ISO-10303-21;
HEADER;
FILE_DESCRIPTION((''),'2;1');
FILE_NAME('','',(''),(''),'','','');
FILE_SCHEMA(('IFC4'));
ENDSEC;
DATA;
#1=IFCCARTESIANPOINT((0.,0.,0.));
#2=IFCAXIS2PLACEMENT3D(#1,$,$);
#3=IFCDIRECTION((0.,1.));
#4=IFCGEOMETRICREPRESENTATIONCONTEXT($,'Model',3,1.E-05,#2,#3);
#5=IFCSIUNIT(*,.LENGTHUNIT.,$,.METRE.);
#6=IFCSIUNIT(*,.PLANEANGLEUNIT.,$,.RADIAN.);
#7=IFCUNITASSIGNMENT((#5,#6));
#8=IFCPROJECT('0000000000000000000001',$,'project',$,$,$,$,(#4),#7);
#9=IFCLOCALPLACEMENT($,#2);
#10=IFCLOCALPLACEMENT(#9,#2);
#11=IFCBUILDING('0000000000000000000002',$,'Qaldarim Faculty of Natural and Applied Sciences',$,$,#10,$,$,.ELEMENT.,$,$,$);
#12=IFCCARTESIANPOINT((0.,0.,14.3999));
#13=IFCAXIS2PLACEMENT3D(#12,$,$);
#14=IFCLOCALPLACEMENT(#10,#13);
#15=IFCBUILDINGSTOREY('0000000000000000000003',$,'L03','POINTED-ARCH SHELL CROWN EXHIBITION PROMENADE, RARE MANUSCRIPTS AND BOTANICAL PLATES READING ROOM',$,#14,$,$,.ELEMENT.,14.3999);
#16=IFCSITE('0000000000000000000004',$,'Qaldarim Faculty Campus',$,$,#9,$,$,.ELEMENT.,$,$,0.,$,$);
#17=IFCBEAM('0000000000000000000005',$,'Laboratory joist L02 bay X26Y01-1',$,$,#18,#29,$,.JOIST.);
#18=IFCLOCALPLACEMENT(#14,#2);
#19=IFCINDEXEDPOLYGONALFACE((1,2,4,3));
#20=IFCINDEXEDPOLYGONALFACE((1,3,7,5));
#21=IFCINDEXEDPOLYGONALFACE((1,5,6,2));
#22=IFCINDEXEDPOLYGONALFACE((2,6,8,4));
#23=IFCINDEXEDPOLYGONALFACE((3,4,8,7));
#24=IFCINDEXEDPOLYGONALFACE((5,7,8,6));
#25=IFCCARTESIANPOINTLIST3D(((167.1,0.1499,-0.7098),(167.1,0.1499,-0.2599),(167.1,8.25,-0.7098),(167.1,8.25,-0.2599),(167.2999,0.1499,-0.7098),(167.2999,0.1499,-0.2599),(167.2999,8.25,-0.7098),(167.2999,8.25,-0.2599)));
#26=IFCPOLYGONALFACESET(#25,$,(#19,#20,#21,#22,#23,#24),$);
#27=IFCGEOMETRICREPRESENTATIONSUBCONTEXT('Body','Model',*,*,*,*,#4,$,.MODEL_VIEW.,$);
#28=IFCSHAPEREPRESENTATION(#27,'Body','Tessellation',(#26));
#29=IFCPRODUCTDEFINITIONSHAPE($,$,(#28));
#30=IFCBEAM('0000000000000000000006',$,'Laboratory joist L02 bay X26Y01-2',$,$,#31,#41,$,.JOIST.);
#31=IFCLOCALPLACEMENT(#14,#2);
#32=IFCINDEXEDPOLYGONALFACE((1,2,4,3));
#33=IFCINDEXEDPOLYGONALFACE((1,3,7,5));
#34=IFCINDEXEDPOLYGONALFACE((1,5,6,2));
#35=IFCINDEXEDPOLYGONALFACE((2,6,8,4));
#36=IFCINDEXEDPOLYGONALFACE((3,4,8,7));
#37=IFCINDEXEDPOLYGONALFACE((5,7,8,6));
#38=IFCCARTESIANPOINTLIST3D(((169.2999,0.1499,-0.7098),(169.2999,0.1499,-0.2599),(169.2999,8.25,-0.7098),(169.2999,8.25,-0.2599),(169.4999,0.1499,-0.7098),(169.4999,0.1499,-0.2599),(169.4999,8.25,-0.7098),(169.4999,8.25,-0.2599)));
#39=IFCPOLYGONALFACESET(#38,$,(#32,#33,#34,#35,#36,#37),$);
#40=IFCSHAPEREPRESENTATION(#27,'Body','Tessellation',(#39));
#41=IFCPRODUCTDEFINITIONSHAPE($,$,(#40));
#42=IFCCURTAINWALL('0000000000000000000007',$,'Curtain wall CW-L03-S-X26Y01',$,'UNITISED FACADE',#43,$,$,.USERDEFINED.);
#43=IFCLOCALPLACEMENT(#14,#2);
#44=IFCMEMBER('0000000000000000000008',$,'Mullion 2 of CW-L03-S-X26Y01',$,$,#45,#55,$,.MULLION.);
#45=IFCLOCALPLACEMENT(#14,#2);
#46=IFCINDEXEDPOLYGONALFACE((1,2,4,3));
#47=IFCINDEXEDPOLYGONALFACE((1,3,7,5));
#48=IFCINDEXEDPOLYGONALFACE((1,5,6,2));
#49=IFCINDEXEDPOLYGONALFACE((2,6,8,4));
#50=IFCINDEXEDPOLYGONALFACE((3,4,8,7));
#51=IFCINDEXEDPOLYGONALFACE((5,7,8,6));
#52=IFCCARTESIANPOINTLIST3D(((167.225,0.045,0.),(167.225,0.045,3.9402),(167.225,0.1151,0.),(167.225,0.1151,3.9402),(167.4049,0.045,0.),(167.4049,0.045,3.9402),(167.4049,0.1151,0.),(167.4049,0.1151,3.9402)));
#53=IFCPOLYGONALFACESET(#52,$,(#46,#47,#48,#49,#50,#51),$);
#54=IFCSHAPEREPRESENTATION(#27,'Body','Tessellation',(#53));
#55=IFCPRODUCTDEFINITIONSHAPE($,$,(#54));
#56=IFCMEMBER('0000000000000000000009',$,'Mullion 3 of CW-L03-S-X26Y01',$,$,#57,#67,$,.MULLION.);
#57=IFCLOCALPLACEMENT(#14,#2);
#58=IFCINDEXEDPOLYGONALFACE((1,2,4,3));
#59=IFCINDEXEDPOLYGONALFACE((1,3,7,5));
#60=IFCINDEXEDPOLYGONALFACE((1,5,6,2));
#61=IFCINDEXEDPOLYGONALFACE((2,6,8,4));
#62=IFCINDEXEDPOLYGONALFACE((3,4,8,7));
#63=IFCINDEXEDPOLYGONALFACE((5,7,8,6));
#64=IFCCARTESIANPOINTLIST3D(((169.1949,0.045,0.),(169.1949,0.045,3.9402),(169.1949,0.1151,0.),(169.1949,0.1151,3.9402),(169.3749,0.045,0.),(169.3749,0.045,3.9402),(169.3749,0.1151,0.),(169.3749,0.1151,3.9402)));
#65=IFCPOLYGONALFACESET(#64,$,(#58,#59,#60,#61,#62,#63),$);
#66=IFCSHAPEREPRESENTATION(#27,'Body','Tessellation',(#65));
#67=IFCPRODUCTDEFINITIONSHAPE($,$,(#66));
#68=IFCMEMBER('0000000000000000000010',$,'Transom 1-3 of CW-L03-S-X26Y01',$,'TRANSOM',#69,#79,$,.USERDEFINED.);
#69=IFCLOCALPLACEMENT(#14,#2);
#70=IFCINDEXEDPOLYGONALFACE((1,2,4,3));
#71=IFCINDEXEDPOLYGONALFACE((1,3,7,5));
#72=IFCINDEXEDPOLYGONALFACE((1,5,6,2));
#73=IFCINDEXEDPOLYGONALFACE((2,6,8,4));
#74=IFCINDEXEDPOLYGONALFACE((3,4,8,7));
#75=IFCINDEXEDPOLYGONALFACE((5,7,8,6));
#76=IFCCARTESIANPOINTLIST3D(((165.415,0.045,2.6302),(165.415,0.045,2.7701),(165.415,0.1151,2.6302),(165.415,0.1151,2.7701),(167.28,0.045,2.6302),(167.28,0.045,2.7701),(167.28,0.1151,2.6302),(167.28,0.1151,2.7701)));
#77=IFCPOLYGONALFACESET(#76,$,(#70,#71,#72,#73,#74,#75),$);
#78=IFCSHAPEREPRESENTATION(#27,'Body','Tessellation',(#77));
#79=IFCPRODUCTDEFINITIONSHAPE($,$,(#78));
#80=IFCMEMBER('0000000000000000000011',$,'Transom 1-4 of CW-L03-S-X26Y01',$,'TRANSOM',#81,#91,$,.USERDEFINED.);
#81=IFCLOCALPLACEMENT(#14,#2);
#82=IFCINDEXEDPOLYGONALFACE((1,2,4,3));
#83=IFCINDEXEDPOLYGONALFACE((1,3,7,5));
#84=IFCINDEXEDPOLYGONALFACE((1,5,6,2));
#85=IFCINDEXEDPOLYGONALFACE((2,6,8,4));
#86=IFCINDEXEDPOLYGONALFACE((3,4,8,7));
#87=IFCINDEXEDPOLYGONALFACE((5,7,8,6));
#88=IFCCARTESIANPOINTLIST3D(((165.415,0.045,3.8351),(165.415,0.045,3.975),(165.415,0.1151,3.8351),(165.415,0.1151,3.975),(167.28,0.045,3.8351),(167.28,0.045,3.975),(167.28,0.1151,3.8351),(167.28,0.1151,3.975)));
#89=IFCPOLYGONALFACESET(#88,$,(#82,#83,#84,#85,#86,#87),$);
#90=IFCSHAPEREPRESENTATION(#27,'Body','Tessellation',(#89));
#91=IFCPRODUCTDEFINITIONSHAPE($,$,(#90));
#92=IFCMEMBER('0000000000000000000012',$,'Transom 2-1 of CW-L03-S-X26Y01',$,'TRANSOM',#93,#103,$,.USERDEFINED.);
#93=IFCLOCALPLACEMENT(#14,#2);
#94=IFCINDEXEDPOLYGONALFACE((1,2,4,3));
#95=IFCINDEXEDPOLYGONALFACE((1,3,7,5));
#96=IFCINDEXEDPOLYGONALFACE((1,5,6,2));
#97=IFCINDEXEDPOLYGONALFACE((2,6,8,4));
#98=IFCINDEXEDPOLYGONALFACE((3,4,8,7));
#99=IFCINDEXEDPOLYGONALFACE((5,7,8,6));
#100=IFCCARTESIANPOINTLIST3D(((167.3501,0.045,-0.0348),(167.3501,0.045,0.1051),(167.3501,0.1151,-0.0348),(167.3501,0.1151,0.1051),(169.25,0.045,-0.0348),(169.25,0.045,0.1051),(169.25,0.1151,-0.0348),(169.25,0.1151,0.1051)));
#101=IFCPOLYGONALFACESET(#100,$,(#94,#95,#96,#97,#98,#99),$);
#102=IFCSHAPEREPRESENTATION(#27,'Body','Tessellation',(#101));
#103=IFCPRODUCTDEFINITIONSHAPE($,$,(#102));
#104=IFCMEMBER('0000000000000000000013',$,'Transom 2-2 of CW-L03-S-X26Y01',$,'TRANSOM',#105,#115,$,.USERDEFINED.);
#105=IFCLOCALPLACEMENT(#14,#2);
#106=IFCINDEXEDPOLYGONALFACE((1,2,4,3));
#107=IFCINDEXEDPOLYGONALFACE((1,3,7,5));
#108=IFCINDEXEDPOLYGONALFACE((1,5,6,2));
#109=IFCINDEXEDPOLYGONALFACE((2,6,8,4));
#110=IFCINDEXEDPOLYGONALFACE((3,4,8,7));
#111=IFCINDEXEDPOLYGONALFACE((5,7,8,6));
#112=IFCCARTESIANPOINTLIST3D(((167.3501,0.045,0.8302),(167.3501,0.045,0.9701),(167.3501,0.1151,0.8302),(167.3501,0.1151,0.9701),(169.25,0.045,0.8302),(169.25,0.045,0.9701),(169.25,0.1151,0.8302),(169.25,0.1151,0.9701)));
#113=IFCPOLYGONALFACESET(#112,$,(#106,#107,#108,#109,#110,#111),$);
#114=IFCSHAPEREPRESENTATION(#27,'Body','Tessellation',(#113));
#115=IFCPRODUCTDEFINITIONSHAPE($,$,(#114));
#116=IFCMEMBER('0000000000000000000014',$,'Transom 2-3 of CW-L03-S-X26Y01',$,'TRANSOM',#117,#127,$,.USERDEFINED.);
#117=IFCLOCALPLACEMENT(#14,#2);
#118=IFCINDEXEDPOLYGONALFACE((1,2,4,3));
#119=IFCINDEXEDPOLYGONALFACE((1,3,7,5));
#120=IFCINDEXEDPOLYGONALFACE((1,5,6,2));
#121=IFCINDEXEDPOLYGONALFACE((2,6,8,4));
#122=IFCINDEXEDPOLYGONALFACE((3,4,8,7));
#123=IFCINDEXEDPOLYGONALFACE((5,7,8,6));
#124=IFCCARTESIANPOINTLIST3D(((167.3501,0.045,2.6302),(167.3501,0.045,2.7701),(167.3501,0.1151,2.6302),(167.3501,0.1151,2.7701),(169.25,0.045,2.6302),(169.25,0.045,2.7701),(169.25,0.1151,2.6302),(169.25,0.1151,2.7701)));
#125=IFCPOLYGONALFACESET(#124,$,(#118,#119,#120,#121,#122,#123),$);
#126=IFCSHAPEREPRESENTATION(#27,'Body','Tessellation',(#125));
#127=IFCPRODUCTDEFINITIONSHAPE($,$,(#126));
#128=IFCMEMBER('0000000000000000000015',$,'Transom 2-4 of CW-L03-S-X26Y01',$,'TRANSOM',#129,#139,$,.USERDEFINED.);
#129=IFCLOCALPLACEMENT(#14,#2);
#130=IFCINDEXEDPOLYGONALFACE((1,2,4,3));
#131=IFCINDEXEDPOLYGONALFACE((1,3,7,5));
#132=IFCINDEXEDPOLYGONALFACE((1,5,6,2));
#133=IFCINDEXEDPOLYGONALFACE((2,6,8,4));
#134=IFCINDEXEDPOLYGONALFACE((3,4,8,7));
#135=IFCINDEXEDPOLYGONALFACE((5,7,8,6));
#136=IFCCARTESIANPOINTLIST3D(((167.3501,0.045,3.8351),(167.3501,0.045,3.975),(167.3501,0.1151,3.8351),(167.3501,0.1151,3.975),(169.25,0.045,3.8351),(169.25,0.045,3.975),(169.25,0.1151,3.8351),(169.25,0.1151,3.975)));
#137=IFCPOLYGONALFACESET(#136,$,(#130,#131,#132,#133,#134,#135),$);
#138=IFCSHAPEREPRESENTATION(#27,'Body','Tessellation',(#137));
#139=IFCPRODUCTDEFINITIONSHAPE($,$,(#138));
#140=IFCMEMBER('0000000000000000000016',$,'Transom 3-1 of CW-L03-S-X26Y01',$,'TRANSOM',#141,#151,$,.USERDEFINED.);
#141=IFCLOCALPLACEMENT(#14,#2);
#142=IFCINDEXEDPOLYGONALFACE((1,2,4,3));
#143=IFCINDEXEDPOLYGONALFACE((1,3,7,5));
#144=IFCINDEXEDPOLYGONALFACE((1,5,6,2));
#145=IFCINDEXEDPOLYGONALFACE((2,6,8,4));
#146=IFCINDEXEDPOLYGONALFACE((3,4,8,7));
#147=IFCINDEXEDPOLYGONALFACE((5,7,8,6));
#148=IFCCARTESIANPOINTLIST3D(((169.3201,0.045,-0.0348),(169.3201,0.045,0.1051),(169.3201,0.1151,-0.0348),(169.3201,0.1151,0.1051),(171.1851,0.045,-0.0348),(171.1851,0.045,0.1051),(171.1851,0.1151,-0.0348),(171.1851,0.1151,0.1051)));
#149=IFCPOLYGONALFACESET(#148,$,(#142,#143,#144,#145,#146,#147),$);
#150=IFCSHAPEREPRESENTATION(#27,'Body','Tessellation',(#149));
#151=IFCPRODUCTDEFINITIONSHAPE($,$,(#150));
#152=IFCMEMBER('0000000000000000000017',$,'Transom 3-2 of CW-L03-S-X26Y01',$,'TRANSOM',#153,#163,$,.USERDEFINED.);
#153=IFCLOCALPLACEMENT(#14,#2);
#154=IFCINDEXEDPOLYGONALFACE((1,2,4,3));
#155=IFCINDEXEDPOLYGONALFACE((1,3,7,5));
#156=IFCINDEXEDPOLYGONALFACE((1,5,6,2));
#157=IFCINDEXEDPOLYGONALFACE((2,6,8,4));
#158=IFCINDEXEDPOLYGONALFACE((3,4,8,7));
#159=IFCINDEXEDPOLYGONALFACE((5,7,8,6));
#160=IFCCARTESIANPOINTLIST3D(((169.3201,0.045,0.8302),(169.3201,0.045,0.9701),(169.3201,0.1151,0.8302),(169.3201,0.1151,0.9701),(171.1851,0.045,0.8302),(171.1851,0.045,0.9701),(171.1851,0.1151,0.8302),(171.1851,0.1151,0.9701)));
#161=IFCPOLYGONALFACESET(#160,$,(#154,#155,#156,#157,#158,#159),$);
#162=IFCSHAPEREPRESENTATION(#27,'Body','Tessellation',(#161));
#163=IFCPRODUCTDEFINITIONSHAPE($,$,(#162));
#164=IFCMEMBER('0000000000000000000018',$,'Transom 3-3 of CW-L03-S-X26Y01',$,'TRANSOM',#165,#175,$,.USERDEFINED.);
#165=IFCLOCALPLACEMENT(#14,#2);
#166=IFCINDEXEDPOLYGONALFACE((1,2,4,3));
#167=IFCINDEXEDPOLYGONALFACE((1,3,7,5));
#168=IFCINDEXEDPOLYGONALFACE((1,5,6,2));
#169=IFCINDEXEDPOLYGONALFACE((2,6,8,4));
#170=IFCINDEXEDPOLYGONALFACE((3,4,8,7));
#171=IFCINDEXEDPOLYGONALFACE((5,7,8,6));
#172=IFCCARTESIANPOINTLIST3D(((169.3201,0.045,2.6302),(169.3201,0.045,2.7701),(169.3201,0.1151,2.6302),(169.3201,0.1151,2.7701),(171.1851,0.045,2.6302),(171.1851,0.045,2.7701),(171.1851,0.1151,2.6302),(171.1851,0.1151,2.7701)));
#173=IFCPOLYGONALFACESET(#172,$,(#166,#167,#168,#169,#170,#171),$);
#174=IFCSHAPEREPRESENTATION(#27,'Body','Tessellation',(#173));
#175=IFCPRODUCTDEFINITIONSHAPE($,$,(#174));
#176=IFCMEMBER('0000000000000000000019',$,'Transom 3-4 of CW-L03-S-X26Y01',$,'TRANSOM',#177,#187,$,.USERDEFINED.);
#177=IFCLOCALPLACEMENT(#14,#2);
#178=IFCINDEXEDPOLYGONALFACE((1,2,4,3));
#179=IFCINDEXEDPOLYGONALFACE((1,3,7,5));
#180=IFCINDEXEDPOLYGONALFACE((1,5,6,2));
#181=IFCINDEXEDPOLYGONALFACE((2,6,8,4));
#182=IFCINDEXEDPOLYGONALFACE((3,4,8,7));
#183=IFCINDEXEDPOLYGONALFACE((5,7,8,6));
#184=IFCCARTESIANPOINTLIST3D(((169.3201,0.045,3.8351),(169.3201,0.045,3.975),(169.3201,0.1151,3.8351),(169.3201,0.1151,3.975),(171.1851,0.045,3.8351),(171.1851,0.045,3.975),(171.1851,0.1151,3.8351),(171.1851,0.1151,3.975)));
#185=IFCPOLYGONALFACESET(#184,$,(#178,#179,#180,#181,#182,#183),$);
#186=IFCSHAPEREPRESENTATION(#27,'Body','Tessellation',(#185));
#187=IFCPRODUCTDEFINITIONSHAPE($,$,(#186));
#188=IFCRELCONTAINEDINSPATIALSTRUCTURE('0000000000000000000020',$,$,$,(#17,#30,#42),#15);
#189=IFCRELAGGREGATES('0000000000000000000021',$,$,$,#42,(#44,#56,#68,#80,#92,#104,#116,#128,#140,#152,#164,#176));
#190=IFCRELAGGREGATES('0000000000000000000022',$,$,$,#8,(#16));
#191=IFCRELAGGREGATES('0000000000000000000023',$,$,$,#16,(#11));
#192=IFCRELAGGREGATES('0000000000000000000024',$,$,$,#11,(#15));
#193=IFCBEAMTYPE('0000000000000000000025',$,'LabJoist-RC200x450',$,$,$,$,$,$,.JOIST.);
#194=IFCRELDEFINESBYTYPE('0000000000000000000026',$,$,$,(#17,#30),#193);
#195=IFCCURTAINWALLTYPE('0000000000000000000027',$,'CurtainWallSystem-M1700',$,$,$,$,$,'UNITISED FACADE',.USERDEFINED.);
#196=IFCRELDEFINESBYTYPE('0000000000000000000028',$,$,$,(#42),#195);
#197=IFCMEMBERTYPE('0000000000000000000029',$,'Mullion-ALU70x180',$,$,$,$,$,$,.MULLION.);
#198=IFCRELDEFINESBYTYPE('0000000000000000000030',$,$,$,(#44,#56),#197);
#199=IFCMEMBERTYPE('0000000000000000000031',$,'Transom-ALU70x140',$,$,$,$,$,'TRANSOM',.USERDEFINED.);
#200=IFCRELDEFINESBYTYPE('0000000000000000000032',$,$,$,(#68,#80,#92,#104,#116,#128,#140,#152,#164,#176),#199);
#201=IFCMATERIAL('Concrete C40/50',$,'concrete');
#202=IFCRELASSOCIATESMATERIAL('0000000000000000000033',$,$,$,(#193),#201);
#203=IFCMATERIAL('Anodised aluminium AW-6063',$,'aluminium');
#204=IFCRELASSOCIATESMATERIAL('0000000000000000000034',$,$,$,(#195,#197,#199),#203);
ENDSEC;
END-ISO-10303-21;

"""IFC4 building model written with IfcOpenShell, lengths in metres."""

from ifc_helpers import new_model, si_unit, direction, frame, origin, origin_2d, place, context, subcontext, project, spatial, rectangle, extrude, material, material_profile, profile_set, type_object, element, aggregate, save


model = new_model("IFC4")

# Units and contexts
model_context = context("Model", 3, precision=1e-05, world=origin(), true_north=direction((0.0, 1.0)))
body_context = subcontext(model_context, "Body", "Model", "MODEL_VIEW")
ifc_project = project(units=[si_unit("LENGTHUNIT", "METRE"), si_unit("PLANEANGLEUNIT", "RADIAN")], contexts=[model_context])

# Site, building, storey
site_placement = place(None, origin())
site = spatial("IfcSite", under=ifc_project, at=site_placement, Name="Qaldarim Faculty Campus", CompositionType="ELEMENT", RefElevation=0.0)
building_placement = place(site_placement, origin())
building = spatial("IfcBuilding", under=site, at=building_placement, Name="Qaldarim Faculty of Natural and Applied Sciences", CompositionType="ELEMENT")
storey_placement = place(building_placement, frame((0.0, 0.0, 14.3999)))
storey = spatial("IfcBuildingStorey", under=building, at=storey_placement, Name="L03", Description="POINTED-ARCH SHELL CROWN EXHIBITION PROMENADE, RARE MANUSCRIPTS AND BOTANICAL PLATES READING ROOM", CompositionType="ELEMENT", Elevation=14.3999)

# Beams
ifc_material_1 = material(Name="Concrete C40/50", Category="concrete")
ifc_material_profile_1 = material_profile(ifc_material_1, rectangle(XDim=0.2, YDim=0.45, at=origin_2d()), Name="RC-J200x450")
ifc_profile_set_1 = profile_set([ifc_material_profile_1], Name="Concrete C40/50")
beam_type = type_object("IfcBeamType", Name="LabJoist-RC200x450", PredefinedType="JOIST", material=ifc_profile_set_1)
for number, where, z_axis, x_axis, name in (
    (1, (167.2, 0.1499, -0.4849), (0.0, 1.0, 0.0), (-1.0, 0.0, 0.0), "Laboratory joist L02 bay X26Y01-1"),
    (2, (169.3999, 0.1499, -0.4849), (0.0, 1.0, 0.0), (-1.0, 0.0, 0.0), "Laboratory joist L02 bay X26Y01-2"),
):
    element("IfcBeam", number, at=place(storey_placement, frame(where, z_axis=z_axis, x_axis=x_axis)), inside=storey, type_object=beam_type, Name=name, PredefinedType="JOIST", context=body_context, shape_type="SweptSolid", body=[
        extrude(rectangle(XDim=0.2, YDim=0.45, at=origin_2d()), origin(), (0.0, 0.0, 1.0), 8.1001),
    ])

# Curtain wall, members
ifc_material_2 = material(Name="Anodised aluminium AW-6063", Category="aluminium")
curtain_wall_type = type_object("IfcCurtainWallType", Name="CurtainWallSystem-M1700", ElementType="UNITISED FACADE", PredefinedType="USERDEFINED", material=ifc_material_2)
curtain_wall_placement = place(storey_placement, origin())
curtain_wall = element("IfcCurtainWall", 3, at=curtain_wall_placement, inside=storey, type_object=curtain_wall_type, Name="Curtain wall CW-L03-S-X26Y01", ObjectType="UNITISED FACADE", PredefinedType="USERDEFINED")
ifc_material_profile_2 = material_profile(ifc_material_2, rectangle(XDim=0.0701, YDim=0.1799, at=origin_2d()), Name="ALU-M70x180")
ifc_profile_set_2 = profile_set([ifc_material_profile_2], Name="Anodised aluminium AW-6063")
member_type_1 = type_object("IfcMemberType", Name="Mullion-ALU70x180", PredefinedType="MULLION", material=ifc_profile_set_2)
member_1_placement = place(storey_placement, frame((167.3149, 0.0801, 0.0), z_axis=(0.0, 0.0, 1.0), x_axis=(0.0, 1.0, 0.0)))
member_1 = element("IfcMember", 4, at=member_1_placement, type_object=member_type_1, Name="Mullion 2 of CW-L03-S-X26Y01", PredefinedType="MULLION", context=body_context, shape_type="SweptSolid", body=[
    extrude(rectangle(XDim=0.0701, YDim=0.1799, at=origin_2d()), origin(), (0.0, 0.0, 1.0), 3.9402),
])
member_2_placement = place(storey_placement, frame((169.2849, 0.0801, 0.0), z_axis=(0.0, 0.0, 1.0), x_axis=(0.0, 1.0, 0.0)))
member_2 = element("IfcMember", 5, at=member_2_placement, type_object=member_type_1, Name="Mullion 3 of CW-L03-S-X26Y01", PredefinedType="MULLION", context=body_context, shape_type="SweptSolid", body=[
    extrude(rectangle(XDim=0.0701, YDim=0.1799, at=origin_2d()), origin(), (0.0, 0.0, 1.0), 3.9402),
])
ifc_material_profile_3 = material_profile(ifc_material_2, rectangle(XDim=0.0701, YDim=0.1399, at=origin_2d()), Name="ALU-T70x140")
ifc_profile_set_3 = profile_set([ifc_material_profile_3], Name="Anodised aluminium AW-6063")
member_type_2 = type_object("IfcMemberType", Name="Transom-ALU70x140", ElementType="TRANSOM", PredefinedType="USERDEFINED", material=ifc_profile_set_3)
member_3_placement = place(storey_placement, frame((165.415, 0.0801, 2.7002), z_axis=(1.0, 0.0, 0.0), x_axis=(0.0, 1.0, 0.0)))
member_3 = element("IfcMember", 6, at=member_3_placement, type_object=member_type_2, Name="Transom 1-3 of CW-L03-S-X26Y01", ObjectType="TRANSOM", PredefinedType="USERDEFINED", context=body_context, shape_type="SweptSolid", body=[
    extrude(rectangle(XDim=0.0701, YDim=0.1399, at=origin_2d()), origin(), (0.0, 0.0, 1.0), 1.865),
])
member_4_placement = place(storey_placement, frame((165.415, 0.0801, 3.905), z_axis=(1.0, 0.0, 0.0), x_axis=(0.0, 1.0, 0.0)))
member_4 = element("IfcMember", 7, at=member_4_placement, type_object=member_type_2, Name="Transom 1-4 of CW-L03-S-X26Y01", ObjectType="TRANSOM", PredefinedType="USERDEFINED", context=body_context, shape_type="SweptSolid", body=[
    extrude(rectangle(XDim=0.0701, YDim=0.1399, at=origin_2d()), origin(), (0.0, 0.0, 1.0), 1.865),
])
member_5_placement = place(storey_placement, frame((167.3501, 0.0801, 0.0352), z_axis=(1.0, 0.0, 0.0), x_axis=(0.0, 1.0, 0.0)))
member_5 = element("IfcMember", 8, at=member_5_placement, type_object=member_type_2, Name="Transom 2-1 of CW-L03-S-X26Y01", ObjectType="TRANSOM", PredefinedType="USERDEFINED", context=body_context, shape_type="SweptSolid", body=[
    extrude(rectangle(XDim=0.0701, YDim=0.1399, at=origin_2d()), origin(), (0.0, 0.0, 1.0), 1.8999),
])
member_6_placement = place(storey_placement, frame((167.3501, 0.0801, 0.9001), z_axis=(1.0, 0.0, 0.0), x_axis=(0.0, 1.0, 0.0)))
member_6 = element("IfcMember", 9, at=member_6_placement, type_object=member_type_2, Name="Transom 2-2 of CW-L03-S-X26Y01", ObjectType="TRANSOM", PredefinedType="USERDEFINED", context=body_context, shape_type="SweptSolid", body=[
    extrude(rectangle(XDim=0.0701, YDim=0.1399, at=origin_2d()), origin(), (0.0, 0.0, 1.0), 1.8999),
])
member_7_placement = place(storey_placement, frame((167.3501, 0.0801, 2.7002), z_axis=(1.0, 0.0, 0.0), x_axis=(0.0, 1.0, 0.0)))
member_7 = element("IfcMember", 10, at=member_7_placement, type_object=member_type_2, Name="Transom 2-3 of CW-L03-S-X26Y01", ObjectType="TRANSOM", PredefinedType="USERDEFINED", context=body_context, shape_type="SweptSolid", body=[
    extrude(rectangle(XDim=0.0701, YDim=0.1399, at=origin_2d()), origin(), (0.0, 0.0, 1.0), 1.8999),
])
member_8_placement = place(storey_placement, frame((167.3501, 0.0801, 3.905), z_axis=(1.0, 0.0, 0.0), x_axis=(0.0, 1.0, 0.0)))
member_8 = element("IfcMember", 11, at=member_8_placement, type_object=member_type_2, Name="Transom 2-4 of CW-L03-S-X26Y01", ObjectType="TRANSOM", PredefinedType="USERDEFINED", context=body_context, shape_type="SweptSolid", body=[
    extrude(rectangle(XDim=0.0701, YDim=0.1399, at=origin_2d()), origin(), (0.0, 0.0, 1.0), 1.8999),
])
member_9_placement = place(storey_placement, frame((169.3201, 0.0801, 0.0352), z_axis=(1.0, 0.0, 0.0), x_axis=(0.0, 1.0, 0.0)))
member_9 = element("IfcMember", 12, at=member_9_placement, type_object=member_type_2, Name="Transom 3-1 of CW-L03-S-X26Y01", ObjectType="TRANSOM", PredefinedType="USERDEFINED", context=body_context, shape_type="SweptSolid", body=[
    extrude(rectangle(XDim=0.0701, YDim=0.1399, at=origin_2d()), origin(), (0.0, 0.0, 1.0), 1.865),
])
member_10_placement = place(storey_placement, frame((169.3201, 0.0801, 0.9001), z_axis=(1.0, 0.0, 0.0), x_axis=(0.0, 1.0, 0.0)))
member_10 = element("IfcMember", 13, at=member_10_placement, type_object=member_type_2, Name="Transom 3-2 of CW-L03-S-X26Y01", ObjectType="TRANSOM", PredefinedType="USERDEFINED", context=body_context, shape_type="SweptSolid", body=[
    extrude(rectangle(XDim=0.0701, YDim=0.1399, at=origin_2d()), origin(), (0.0, 0.0, 1.0), 1.865),
])
member_11_placement = place(storey_placement, frame((169.3201, 0.0801, 2.7002), z_axis=(1.0, 0.0, 0.0), x_axis=(0.0, 1.0, 0.0)))
member_11 = element("IfcMember", 14, at=member_11_placement, type_object=member_type_2, Name="Transom 3-3 of CW-L03-S-X26Y01", ObjectType="TRANSOM", PredefinedType="USERDEFINED", context=body_context, shape_type="SweptSolid", body=[
    extrude(rectangle(XDim=0.0701, YDim=0.1399, at=origin_2d()), origin(), (0.0, 0.0, 1.0), 1.865),
])
member_12_placement = place(storey_placement, frame((169.3201, 0.0801, 3.905), z_axis=(1.0, 0.0, 0.0), x_axis=(0.0, 1.0, 0.0)))
member_12 = element("IfcMember", 15, at=member_12_placement, type_object=member_type_2, Name="Transom 3-4 of CW-L03-S-X26Y01", ObjectType="TRANSOM", PredefinedType="USERDEFINED", context=body_context, shape_type="SweptSolid", body=[
    extrude(rectangle(XDim=0.0701, YDim=0.1399, at=origin_2d()), origin(), (0.0, 0.0, 1.0), 1.865),
])
aggregate(curtain_wall, [member_1, member_2, member_3, member_4, member_5, member_6, member_7, member_8, member_9, member_10, member_11, member_12])

save(model, "model.ifc")
